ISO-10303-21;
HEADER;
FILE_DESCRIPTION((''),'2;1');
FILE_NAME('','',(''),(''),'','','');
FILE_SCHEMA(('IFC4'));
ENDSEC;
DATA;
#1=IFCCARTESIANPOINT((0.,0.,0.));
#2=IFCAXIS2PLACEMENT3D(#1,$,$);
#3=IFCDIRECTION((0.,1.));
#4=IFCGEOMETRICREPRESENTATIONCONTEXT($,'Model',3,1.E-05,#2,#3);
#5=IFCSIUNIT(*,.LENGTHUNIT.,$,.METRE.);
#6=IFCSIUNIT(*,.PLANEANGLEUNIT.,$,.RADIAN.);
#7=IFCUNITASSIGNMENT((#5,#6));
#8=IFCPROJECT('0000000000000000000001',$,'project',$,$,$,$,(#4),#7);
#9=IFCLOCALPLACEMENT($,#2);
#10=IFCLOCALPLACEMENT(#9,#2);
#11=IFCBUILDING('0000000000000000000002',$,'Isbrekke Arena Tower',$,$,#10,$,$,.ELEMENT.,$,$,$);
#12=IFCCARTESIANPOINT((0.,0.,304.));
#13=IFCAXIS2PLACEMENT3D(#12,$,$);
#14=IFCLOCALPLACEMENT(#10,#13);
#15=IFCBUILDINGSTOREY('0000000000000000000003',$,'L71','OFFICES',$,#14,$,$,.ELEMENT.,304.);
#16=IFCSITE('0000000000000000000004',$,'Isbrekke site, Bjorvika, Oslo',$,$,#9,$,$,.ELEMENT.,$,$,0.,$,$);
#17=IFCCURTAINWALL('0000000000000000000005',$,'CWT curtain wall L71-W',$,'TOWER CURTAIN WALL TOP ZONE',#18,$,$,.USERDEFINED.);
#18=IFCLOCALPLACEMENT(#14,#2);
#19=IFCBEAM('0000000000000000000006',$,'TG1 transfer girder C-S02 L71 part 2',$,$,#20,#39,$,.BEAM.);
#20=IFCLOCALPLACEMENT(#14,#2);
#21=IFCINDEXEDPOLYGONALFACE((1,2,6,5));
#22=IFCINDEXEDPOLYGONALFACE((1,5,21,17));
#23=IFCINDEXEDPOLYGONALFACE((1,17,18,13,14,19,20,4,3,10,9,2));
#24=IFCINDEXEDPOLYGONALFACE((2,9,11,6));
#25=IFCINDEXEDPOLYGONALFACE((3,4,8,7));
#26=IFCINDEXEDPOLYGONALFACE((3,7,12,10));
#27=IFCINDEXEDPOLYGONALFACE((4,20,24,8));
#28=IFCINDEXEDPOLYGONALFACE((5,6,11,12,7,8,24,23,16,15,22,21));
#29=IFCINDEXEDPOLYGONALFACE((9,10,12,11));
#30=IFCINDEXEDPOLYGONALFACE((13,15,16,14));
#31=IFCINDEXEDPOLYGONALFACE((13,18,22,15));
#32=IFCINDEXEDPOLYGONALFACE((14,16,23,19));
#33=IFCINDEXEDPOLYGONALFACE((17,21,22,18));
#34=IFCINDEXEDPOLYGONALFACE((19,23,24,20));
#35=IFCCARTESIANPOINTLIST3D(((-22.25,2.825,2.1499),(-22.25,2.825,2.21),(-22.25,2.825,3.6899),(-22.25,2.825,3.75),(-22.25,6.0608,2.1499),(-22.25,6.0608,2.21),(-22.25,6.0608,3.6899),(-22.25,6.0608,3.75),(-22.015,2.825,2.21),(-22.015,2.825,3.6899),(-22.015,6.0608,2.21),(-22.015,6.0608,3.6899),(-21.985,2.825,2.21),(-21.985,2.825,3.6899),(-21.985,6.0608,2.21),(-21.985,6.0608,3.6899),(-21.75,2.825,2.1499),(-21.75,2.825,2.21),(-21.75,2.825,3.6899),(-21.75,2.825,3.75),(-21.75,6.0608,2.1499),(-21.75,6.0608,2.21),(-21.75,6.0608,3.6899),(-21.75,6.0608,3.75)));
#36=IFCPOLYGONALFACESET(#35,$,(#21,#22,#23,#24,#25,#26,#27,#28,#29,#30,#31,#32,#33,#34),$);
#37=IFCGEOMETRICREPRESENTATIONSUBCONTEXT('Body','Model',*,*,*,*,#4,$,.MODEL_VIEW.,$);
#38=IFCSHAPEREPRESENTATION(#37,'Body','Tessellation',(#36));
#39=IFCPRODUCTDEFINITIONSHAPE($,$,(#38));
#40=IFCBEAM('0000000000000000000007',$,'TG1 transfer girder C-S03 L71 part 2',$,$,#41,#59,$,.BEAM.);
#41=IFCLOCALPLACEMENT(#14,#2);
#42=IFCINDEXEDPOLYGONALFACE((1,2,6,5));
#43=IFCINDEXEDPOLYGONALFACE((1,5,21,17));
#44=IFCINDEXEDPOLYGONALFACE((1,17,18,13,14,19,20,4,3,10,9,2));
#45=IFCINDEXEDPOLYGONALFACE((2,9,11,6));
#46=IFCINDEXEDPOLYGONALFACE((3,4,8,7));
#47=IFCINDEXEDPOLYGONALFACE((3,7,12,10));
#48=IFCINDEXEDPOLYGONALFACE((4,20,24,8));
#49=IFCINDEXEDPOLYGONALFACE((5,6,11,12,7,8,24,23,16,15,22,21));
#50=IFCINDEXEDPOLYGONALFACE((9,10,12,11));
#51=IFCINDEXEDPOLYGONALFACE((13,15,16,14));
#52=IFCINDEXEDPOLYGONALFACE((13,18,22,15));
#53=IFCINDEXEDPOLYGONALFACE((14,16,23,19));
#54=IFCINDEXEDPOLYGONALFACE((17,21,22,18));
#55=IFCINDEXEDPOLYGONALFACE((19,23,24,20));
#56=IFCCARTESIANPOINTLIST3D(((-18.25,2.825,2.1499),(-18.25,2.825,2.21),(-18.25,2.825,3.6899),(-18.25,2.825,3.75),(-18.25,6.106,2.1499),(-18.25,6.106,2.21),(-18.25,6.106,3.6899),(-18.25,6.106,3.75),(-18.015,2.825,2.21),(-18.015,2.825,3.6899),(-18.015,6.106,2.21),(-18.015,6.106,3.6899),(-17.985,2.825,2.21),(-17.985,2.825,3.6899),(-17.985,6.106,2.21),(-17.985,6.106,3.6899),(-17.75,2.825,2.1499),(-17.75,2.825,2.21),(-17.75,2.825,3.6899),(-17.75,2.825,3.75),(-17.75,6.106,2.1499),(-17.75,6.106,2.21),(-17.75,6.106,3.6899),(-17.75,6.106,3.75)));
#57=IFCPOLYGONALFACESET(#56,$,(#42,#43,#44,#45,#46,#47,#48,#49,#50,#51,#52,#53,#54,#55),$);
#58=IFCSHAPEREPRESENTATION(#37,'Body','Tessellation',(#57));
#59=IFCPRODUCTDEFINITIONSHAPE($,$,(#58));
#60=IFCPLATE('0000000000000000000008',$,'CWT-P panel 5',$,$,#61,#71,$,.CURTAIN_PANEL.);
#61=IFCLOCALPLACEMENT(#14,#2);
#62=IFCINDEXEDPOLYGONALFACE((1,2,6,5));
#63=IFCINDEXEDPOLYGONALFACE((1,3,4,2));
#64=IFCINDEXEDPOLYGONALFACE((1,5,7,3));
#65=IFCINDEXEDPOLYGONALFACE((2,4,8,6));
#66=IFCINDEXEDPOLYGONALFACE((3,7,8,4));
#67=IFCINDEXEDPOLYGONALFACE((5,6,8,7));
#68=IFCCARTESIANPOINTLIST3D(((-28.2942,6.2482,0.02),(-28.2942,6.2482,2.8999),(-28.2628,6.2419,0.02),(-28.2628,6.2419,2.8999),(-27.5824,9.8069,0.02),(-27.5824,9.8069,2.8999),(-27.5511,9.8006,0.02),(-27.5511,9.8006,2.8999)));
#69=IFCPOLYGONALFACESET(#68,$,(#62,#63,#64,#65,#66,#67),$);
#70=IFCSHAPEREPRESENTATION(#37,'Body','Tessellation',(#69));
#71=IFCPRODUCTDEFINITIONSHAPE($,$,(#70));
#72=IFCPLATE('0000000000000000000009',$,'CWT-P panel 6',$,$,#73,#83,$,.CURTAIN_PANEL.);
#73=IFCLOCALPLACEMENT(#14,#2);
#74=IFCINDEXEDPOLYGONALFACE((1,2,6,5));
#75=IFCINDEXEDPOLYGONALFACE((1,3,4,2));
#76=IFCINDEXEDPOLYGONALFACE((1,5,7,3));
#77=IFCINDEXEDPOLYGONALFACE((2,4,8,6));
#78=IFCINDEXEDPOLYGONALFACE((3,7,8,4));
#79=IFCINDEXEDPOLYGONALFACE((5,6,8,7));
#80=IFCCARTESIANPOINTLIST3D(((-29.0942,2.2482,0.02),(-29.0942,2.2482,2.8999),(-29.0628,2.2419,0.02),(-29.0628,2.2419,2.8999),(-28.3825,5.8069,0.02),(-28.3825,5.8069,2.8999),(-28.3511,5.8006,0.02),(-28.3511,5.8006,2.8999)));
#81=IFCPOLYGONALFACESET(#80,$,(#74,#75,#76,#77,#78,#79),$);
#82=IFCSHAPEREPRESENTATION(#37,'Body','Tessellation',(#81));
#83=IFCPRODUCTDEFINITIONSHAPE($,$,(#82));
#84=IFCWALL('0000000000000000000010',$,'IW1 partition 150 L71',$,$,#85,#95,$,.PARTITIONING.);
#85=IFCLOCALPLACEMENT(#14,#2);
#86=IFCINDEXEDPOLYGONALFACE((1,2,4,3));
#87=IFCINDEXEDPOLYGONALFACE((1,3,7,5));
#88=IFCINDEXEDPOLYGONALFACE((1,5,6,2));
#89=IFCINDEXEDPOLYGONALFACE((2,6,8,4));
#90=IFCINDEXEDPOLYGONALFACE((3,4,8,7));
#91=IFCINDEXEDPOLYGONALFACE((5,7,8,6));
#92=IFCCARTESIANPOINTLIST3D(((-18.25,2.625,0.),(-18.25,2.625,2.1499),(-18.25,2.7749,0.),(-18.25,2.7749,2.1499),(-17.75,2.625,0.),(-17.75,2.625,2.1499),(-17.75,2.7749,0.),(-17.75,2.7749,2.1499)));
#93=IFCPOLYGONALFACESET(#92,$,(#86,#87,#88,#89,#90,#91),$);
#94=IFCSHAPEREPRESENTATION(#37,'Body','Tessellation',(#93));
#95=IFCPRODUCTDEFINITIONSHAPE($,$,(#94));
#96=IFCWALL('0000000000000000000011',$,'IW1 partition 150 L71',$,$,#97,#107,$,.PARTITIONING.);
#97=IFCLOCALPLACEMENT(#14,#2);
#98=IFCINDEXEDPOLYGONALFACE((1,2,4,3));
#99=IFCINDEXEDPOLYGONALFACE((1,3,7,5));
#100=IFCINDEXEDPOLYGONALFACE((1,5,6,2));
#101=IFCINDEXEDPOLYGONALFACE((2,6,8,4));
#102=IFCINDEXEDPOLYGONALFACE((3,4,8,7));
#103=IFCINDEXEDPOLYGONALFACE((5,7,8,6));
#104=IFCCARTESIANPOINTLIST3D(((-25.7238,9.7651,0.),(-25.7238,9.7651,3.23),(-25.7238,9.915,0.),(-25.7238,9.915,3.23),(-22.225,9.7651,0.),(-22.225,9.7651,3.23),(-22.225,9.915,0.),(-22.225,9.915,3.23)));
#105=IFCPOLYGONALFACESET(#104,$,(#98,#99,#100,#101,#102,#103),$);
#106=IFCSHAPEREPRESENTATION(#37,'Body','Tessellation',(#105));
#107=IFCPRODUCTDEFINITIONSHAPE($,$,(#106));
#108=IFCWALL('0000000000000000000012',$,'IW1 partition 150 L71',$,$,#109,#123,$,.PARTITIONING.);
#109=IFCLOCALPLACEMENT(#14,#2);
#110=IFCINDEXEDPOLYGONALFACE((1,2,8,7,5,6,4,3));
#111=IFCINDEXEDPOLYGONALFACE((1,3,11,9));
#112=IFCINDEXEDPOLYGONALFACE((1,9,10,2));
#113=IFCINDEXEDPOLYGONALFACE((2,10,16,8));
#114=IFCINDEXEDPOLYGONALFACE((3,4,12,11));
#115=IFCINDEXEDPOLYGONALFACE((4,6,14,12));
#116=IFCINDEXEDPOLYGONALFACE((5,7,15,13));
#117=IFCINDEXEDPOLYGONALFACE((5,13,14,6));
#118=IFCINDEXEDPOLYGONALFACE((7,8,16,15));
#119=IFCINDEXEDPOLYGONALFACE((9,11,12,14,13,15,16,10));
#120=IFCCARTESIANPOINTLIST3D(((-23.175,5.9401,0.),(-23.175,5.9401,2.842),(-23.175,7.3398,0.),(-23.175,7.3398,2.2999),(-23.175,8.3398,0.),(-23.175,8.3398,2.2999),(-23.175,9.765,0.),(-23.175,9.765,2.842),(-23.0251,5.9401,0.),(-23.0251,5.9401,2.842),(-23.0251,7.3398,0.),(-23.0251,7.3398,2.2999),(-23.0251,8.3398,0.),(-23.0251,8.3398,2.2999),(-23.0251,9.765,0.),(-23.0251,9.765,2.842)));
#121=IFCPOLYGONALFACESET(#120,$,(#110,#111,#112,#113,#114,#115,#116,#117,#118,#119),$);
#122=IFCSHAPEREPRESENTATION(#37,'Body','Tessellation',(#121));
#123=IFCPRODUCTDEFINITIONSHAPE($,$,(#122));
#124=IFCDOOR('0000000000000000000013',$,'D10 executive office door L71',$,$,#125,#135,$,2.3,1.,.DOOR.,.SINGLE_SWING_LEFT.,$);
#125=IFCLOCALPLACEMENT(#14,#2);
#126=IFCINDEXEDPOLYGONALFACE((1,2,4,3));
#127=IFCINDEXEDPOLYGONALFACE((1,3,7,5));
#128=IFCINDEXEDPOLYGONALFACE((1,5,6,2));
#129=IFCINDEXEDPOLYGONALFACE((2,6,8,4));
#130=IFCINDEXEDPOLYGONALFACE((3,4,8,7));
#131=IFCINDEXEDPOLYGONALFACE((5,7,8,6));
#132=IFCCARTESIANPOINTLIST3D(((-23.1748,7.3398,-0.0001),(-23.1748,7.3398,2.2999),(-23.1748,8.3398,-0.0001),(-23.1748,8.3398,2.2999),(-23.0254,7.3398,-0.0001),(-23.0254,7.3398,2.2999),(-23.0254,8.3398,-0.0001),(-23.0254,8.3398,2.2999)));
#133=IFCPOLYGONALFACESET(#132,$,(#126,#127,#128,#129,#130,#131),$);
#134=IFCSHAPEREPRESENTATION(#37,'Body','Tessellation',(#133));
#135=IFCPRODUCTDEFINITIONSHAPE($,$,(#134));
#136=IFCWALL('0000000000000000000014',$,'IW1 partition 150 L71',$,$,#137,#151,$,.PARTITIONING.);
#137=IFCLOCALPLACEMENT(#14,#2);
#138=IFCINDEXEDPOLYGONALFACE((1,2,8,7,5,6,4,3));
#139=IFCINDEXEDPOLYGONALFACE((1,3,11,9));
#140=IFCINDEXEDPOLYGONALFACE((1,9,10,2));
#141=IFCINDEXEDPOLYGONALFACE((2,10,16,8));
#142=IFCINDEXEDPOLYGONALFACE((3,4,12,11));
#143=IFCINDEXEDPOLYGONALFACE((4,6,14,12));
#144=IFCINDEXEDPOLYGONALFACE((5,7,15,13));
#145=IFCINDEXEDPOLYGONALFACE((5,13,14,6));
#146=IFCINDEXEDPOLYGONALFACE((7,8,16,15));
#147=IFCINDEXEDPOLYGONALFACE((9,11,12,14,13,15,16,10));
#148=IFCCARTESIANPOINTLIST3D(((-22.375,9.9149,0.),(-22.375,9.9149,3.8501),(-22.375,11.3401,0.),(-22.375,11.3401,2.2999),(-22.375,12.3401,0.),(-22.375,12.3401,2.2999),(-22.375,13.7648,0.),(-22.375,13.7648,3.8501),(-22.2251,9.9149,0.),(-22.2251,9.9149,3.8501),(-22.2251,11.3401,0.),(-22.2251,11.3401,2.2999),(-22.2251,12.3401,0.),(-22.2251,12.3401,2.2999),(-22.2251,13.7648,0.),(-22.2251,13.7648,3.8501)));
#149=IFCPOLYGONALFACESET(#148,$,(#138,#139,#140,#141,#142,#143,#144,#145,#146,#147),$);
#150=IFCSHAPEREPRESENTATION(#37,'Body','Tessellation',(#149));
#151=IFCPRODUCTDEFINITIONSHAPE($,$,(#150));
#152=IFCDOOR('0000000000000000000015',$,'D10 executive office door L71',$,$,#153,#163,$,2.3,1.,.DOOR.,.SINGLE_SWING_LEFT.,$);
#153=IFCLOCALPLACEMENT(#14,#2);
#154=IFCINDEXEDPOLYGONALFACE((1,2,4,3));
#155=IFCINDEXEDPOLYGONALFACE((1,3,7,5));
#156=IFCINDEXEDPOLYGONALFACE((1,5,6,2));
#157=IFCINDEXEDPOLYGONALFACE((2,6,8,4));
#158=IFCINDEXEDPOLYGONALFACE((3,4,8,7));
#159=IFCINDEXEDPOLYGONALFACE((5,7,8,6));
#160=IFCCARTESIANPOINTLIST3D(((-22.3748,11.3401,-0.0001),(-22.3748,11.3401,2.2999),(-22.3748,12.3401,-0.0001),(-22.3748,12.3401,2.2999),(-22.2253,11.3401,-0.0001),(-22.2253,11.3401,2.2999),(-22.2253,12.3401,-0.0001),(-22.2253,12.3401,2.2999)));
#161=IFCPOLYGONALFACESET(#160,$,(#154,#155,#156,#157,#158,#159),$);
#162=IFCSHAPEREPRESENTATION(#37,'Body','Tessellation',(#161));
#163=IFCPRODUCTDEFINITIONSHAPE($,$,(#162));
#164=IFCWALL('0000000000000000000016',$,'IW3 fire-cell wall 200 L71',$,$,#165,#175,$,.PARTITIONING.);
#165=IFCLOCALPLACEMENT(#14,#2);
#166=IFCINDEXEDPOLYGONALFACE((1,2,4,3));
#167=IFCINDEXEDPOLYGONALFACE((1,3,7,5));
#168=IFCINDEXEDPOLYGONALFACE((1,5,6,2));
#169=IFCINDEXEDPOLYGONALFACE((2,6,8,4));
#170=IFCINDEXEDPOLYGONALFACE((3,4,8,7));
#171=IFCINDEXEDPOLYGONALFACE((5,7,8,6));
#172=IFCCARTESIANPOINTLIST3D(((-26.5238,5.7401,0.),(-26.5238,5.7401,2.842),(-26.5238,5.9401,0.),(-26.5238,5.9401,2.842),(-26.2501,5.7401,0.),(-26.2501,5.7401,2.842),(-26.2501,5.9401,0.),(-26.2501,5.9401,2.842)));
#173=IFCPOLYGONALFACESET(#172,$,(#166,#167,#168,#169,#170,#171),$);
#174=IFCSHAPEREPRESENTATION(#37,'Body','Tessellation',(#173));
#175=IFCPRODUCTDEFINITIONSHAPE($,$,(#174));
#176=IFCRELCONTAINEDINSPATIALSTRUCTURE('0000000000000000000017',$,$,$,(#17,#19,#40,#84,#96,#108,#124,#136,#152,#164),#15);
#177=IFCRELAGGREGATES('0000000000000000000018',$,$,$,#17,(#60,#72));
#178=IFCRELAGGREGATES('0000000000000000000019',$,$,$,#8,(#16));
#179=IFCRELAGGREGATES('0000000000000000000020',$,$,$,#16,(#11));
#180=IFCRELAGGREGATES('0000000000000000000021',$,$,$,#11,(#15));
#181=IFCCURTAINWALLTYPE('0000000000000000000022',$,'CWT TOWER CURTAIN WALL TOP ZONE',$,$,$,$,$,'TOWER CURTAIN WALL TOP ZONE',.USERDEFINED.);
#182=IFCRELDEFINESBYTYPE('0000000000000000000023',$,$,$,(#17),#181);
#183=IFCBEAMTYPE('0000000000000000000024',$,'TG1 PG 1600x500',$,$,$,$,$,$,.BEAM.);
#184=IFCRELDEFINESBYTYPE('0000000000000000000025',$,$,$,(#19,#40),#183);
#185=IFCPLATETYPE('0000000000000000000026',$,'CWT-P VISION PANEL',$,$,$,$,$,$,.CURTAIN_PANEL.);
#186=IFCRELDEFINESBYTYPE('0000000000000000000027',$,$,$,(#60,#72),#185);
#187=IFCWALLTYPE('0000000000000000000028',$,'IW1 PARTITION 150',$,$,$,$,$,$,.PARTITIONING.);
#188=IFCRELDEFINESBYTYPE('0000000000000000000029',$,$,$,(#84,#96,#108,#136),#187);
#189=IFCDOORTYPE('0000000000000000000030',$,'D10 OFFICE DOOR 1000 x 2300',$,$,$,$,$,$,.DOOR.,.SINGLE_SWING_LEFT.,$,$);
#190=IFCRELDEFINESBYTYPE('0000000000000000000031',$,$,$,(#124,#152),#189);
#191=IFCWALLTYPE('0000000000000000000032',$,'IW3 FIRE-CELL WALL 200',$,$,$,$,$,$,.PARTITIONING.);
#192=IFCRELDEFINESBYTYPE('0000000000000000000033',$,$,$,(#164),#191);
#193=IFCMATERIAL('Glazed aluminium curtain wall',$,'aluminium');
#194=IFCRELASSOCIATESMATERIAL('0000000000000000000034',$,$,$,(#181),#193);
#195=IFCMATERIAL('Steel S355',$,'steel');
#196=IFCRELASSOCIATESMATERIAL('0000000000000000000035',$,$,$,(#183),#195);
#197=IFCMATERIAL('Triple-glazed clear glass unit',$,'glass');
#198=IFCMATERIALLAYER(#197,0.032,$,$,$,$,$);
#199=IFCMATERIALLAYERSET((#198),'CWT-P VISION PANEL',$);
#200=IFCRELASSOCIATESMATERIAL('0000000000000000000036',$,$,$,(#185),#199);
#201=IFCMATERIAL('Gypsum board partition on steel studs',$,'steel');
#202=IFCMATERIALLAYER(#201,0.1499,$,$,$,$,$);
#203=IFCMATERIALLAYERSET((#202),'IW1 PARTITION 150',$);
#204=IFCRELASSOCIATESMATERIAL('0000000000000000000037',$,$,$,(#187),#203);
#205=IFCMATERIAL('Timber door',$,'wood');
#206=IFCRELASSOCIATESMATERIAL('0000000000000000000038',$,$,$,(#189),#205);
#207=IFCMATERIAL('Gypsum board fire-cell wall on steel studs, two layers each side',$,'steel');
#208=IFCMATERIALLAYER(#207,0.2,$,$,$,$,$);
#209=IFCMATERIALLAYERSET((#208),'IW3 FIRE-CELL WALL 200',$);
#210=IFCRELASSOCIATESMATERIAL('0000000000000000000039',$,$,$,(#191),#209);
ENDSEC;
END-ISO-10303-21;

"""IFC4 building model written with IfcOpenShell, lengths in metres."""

from ifc_helpers import new_model, si_unit, direction, frame, frame_2d, origin, origin_2d, place, context, subcontext, project, spatial, rectangle, i_section, extrude, material, layer, layer_set, material_profile, profile_set, type_object, element, fill, aggregate, save


model = new_model("IFC4")

# Units and contexts
model_context = context("Model", 3, precision=1e-05, world=origin(), true_north=direction((0.0, 1.0)))
body_context = subcontext(model_context, "Body", "Model", "MODEL_VIEW")
ifc_project = project(units=[si_unit("LENGTHUNIT", "METRE"), si_unit("PLANEANGLEUNIT", "RADIAN")], contexts=[model_context])

# Site, building, storey
site_placement = place(None, origin())
site = spatial("IfcSite", under=ifc_project, at=site_placement, Name="Isbrekke site, Bjorvika, Oslo", CompositionType="ELEMENT", RefElevation=0.0)
building_placement = place(site_placement, origin())
building = spatial("IfcBuilding", under=site, at=building_placement, Name="Isbrekke Arena Tower", CompositionType="ELEMENT")
storey_placement = place(building_placement, frame((0.0, 0.0, 304.0)))
storey = spatial("IfcBuildingStorey", under=building, at=storey_placement, Name="L71", Description="OFFICES", CompositionType="ELEMENT", Elevation=304.0)

# Curtain wall
ifc_material_1 = material(Name="Glazed aluminium curtain wall", Category="aluminium")
curtain_wall_type = type_object("IfcCurtainWallType", Name="CWT TOWER CURTAIN WALL TOP ZONE", ElementType="TOWER CURTAIN WALL TOP ZONE", PredefinedType="USERDEFINED", material=ifc_material_1)
curtain_wall_placement = place(storey_placement, origin())
curtain_wall = element("IfcCurtainWall", 1, at=curtain_wall_placement, inside=storey, type_object=curtain_wall_type, Name="CWT curtain wall L71-W", ObjectType="TOWER CURTAIN WALL TOP ZONE", PredefinedType="USERDEFINED")

# Beams
ifc_material_2 = material(Name="Steel S355", Category="steel")
ifc_material_profile_1 = material_profile(ifc_material_2, i_section(OverallWidth=0.5, OverallDepth=1.6001, WebThickness=0.03, FlangeThickness=0.0601, at=origin_2d()), Name="PG 1600x500")
ifc_profile_set_1 = profile_set([ifc_material_profile_1], Name="Steel S355")
beam_type_1 = type_object("IfcBeamType", Name="TG1 PG 1600x500", PredefinedType="BEAM", material=ifc_profile_set_1)
beam_1_placement = place(storey_placement, frame((-22.0, 2.825, 2.95), z_axis=(0.0, 1.0, 0.0), x_axis=(-1.0, 0.0, 0.0)))
element("IfcBeam", 2, at=beam_1_placement, inside=storey, type_object=beam_type_1, Name="TG1 transfer girder C-S02 L71 part 2", PredefinedType="BEAM", context=body_context, shape_type="SweptSolid", body=[
    extrude(i_section(OverallWidth=0.5, OverallDepth=1.6001, WebThickness=0.03, FlangeThickness=0.0601, at=origin_2d()), origin(), (0.0, 0.0, 1.0), 3.2358),
])
beam_2_placement = place(storey_placement, frame((-18.0, 2.825, 2.95), z_axis=(0.0, 1.0, 0.0), x_axis=(-1.0, 0.0, 0.0)))
element("IfcBeam", 3, at=beam_2_placement, inside=storey, type_object=beam_type_1, Name="TG1 transfer girder C-S03 L71 part 2", PredefinedType="BEAM", context=body_context, shape_type="SweptSolid", body=[
    extrude(i_section(OverallWidth=0.5, OverallDepth=1.6001, WebThickness=0.03, FlangeThickness=0.0601, at=origin_2d()), origin(), (0.0, 0.0, 1.0), 3.281),
])

# Plates
ifc_material_3 = material(Name="Triple-glazed clear glass unit", Category="glass")
ifc_layer_1 = layer(ifc_material_3, 0.032)
ifc_layer_set_1 = layer_set([ifc_layer_1], Name="CWT-P VISION PANEL")
plate_type = type_object("IfcPlateType", Name="CWT-P VISION PANEL", PredefinedType="CURTAIN_PANEL", material=ifc_layer_set_1)
plate_1_placement = place(storey_placement, frame((-27.9226, 8.0244, 0.02), z_axis=(0.0, 0.0, 1.0), x_axis=(-0.196116, -0.980581, 0.0)))
plate_1 = element("IfcPlate", 4, at=plate_1_placement, type_object=plate_type, Name="CWT-P panel 5", PredefinedType="CURTAIN_PANEL", context=body_context, shape_type="SweptSolid", body=[
    extrude(rectangle(XDim=3.6292, YDim=0.032, at=origin_2d()), origin(), (0.0, 0.0, 1.0), 2.8799),
])
plate_2_placement = place(storey_placement, frame((-28.7227, 4.0244, 0.02), z_axis=(0.0, 0.0, 1.0), x_axis=(-0.196116, -0.980581, 0.0)))
plate_2 = element("IfcPlate", 5, at=plate_2_placement, type_object=plate_type, Name="CWT-P panel 6", PredefinedType="CURTAIN_PANEL", context=body_context, shape_type="SweptSolid", body=[
    extrude(rectangle(XDim=3.6292, YDim=0.032, at=origin_2d()), origin(), (0.0, 0.0, 1.0), 2.8799),
])
aggregate(curtain_wall, [plate_1, plate_2])

# Walls
ifc_material_4 = material(Name="Gypsum board partition on steel studs", Category="steel")
ifc_layer_2 = layer(ifc_material_4, 0.1499)
ifc_layer_set_2 = layer_set([ifc_layer_2], Name="IW1 PARTITION 150")
wall_type_1 = type_object("IfcWallType", Name="IW1 PARTITION 150", PredefinedType="PARTITIONING", material=ifc_layer_set_2)
wall_1_placement = place(storey_placement, frame((-18.25, 2.7, 0.0), z_axis=(0.0, 0.0, 1.0), x_axis=(1.0, 0.0, 0.0)))
element("IfcWall", 6, at=wall_1_placement, inside=storey, type_object=wall_type_1, Name="IW1 partition 150 L71", PredefinedType="PARTITIONING", context=body_context, shape_type="SweptSolid", body=[
    extrude(rectangle(XDim=0.5, YDim=0.1499, at=frame_2d((0.25, 0.0))), origin(), (0.0, 0.0, 1.0), 2.1499),
])
wall_2_placement = place(storey_placement, frame((-25.7239, 9.8401, 0.0), z_axis=(0.0, 0.0, 1.0), x_axis=(1.0, 0.0, 0.0)))
element("IfcWall", 7, at=wall_2_placement, inside=storey, type_object=wall_type_1, Name="IW1 partition 150 L71", PredefinedType="PARTITIONING", context=body_context, shape_type="SweptSolid", body=[
    extrude(rectangle(XDim=3.4988, YDim=0.1499, at=frame_2d((1.7495, 0.0))), origin(), (0.0, 0.0, 1.0), 3.23),
])

# Walls, openings, doors
wall_3_placement = place(storey_placement, frame((-23.1001, 5.9399, 0.0), z_axis=(0.0, 0.0, 1.0), x_axis=(0.0, 1.0, 0.0)))
wall_3 = element("IfcWall", 8, at=wall_3_placement, inside=storey, type_object=wall_type_1, Name="IW1 partition 150 L71", PredefinedType="PARTITIONING", context=body_context, shape_type="SweptSolid", body=[
    extrude(rectangle(XDim=3.825, YDim=0.1499, at=frame_2d((1.9126, 0.0))), origin(), (0.0, 0.0, 1.0), 2.842),
])
opening_1_placement = place(wall_3_placement, frame((1.3999, 0.0, 0.0)))
opening_1 = element("IfcOpeningElement", 9, at=opening_1_placement, cuts=wall_3, PredefinedType="OPENING", context=body_context, shape_type="SweptSolid", body=[
    extrude(rectangle(XDim=1.0, YDim=2.3, at=frame_2d((0.5, 1.1499))), frame((0.0, 0.0898, 0.0), z_axis=(0.0, -1.0, 0.0), x_axis=(1.0, 0.0, 0.0)), (0.0, 0.0, 1.0), 0.1797),
])
ifc_material_5 = material(Name="Timber door", Category="wood")
door_type = type_object("IfcDoorType", Name="D10 OFFICE DOOR 1000 x 2300", OperationType="SINGLE_SWING_LEFT", PredefinedType="DOOR", material=ifc_material_5)
door_1_placement = place(opening_1_placement, origin())
door_1 = element("IfcDoor", 10, at=door_1_placement, inside=storey, type_object=door_type, Name="D10 executive office door L71", OperationType="SINGLE_SWING_LEFT", OverallHeight=2.3, OverallWidth=1.0, PredefinedType="DOOR", context=body_context, shape_type="SweptSolid", body=[
    extrude(rectangle(XDim=1.0, YDim=2.3, at=frame_2d((0.5, 1.1499))), frame((0.0, 0.0747, 0.0), z_axis=(0.0, -1.0, 0.0), x_axis=(1.0, 0.0, 0.0)), (0.0, 0.0, 1.0), 0.1494),
])
fill(opening_1, door_1)
wall_4_placement = place(storey_placement, frame((-22.3, 9.915, 0.0), z_axis=(0.0, 0.0, 1.0), x_axis=(0.0, 1.0, 0.0)))
wall_4 = element("IfcWall", 11, at=wall_4_placement, inside=storey, type_object=wall_type_1, Name="IW1 partition 150 L71", PredefinedType="PARTITIONING", context=body_context, shape_type="SweptSolid", body=[
    extrude(rectangle(XDim=3.8499, YDim=0.1499, at=frame_2d((1.9248, 0.0))), origin(), (0.0, 0.0, 1.0), 3.8501),
])
opening_2_placement = place(wall_4_placement, frame((1.425, 0.0, 0.0)))
opening_2 = element("IfcOpeningElement", 12, at=opening_2_placement, cuts=wall_4, PredefinedType="OPENING", context=body_context, shape_type="SweptSolid", body=[
    extrude(rectangle(XDim=1.0, YDim=2.3, at=frame_2d((0.5, 1.1499))), frame((0.0, 0.0898, 0.0), z_axis=(0.0, -1.0, 0.0), x_axis=(1.0, 0.0, 0.0)), (0.0, 0.0, 1.0), 0.1797),
])
door_2_placement = place(opening_2_placement, origin())
door_2 = element("IfcDoor", 13, at=door_2_placement, inside=storey, type_object=door_type, Name="D10 executive office door L71", OperationType="SINGLE_SWING_LEFT", OverallHeight=2.3, OverallWidth=1.0, PredefinedType="DOOR", context=body_context, shape_type="SweptSolid", body=[
    extrude(rectangle(XDim=1.0, YDim=2.3, at=frame_2d((0.5, 1.1499))), frame((0.0, 0.0747, 0.0), z_axis=(0.0, -1.0, 0.0), x_axis=(1.0, 0.0, 0.0)), (0.0, 0.0, 1.0), 0.1494),
])
fill(opening_2, door_2)

# Wall
ifc_material_6 = material(Name="Gypsum board fire-cell wall on steel studs, two layers each side", Category="steel")
ifc_layer_3 = layer(ifc_material_6, 0.2)
ifc_layer_set_3 = layer_set([ifc_layer_3], Name="IW3 FIRE-CELL WALL 200")
wall_type_2 = type_object("IfcWallType", Name="IW3 FIRE-CELL WALL 200", PredefinedType="PARTITIONING", material=ifc_layer_set_3)
wall_5_placement = place(storey_placement, frame((-26.5237, 5.8401, 0.0), z_axis=(0.0, 0.0, 1.0), x_axis=(1.0, 0.0, 0.0)))
element("IfcWall", 14, at=wall_5_placement, inside=storey, type_object=wall_type_2, Name="IW3 fire-cell wall 200 L71", PredefinedType="PARTITIONING", context=body_context, shape_type="SweptSolid", body=[
    extrude(rectangle(XDim=0.2737, YDim=0.2, at=frame_2d((0.1367, 0.0))), origin(), (0.0, 0.0, 1.0), 2.842),
])

save(model, "model.ifc")
